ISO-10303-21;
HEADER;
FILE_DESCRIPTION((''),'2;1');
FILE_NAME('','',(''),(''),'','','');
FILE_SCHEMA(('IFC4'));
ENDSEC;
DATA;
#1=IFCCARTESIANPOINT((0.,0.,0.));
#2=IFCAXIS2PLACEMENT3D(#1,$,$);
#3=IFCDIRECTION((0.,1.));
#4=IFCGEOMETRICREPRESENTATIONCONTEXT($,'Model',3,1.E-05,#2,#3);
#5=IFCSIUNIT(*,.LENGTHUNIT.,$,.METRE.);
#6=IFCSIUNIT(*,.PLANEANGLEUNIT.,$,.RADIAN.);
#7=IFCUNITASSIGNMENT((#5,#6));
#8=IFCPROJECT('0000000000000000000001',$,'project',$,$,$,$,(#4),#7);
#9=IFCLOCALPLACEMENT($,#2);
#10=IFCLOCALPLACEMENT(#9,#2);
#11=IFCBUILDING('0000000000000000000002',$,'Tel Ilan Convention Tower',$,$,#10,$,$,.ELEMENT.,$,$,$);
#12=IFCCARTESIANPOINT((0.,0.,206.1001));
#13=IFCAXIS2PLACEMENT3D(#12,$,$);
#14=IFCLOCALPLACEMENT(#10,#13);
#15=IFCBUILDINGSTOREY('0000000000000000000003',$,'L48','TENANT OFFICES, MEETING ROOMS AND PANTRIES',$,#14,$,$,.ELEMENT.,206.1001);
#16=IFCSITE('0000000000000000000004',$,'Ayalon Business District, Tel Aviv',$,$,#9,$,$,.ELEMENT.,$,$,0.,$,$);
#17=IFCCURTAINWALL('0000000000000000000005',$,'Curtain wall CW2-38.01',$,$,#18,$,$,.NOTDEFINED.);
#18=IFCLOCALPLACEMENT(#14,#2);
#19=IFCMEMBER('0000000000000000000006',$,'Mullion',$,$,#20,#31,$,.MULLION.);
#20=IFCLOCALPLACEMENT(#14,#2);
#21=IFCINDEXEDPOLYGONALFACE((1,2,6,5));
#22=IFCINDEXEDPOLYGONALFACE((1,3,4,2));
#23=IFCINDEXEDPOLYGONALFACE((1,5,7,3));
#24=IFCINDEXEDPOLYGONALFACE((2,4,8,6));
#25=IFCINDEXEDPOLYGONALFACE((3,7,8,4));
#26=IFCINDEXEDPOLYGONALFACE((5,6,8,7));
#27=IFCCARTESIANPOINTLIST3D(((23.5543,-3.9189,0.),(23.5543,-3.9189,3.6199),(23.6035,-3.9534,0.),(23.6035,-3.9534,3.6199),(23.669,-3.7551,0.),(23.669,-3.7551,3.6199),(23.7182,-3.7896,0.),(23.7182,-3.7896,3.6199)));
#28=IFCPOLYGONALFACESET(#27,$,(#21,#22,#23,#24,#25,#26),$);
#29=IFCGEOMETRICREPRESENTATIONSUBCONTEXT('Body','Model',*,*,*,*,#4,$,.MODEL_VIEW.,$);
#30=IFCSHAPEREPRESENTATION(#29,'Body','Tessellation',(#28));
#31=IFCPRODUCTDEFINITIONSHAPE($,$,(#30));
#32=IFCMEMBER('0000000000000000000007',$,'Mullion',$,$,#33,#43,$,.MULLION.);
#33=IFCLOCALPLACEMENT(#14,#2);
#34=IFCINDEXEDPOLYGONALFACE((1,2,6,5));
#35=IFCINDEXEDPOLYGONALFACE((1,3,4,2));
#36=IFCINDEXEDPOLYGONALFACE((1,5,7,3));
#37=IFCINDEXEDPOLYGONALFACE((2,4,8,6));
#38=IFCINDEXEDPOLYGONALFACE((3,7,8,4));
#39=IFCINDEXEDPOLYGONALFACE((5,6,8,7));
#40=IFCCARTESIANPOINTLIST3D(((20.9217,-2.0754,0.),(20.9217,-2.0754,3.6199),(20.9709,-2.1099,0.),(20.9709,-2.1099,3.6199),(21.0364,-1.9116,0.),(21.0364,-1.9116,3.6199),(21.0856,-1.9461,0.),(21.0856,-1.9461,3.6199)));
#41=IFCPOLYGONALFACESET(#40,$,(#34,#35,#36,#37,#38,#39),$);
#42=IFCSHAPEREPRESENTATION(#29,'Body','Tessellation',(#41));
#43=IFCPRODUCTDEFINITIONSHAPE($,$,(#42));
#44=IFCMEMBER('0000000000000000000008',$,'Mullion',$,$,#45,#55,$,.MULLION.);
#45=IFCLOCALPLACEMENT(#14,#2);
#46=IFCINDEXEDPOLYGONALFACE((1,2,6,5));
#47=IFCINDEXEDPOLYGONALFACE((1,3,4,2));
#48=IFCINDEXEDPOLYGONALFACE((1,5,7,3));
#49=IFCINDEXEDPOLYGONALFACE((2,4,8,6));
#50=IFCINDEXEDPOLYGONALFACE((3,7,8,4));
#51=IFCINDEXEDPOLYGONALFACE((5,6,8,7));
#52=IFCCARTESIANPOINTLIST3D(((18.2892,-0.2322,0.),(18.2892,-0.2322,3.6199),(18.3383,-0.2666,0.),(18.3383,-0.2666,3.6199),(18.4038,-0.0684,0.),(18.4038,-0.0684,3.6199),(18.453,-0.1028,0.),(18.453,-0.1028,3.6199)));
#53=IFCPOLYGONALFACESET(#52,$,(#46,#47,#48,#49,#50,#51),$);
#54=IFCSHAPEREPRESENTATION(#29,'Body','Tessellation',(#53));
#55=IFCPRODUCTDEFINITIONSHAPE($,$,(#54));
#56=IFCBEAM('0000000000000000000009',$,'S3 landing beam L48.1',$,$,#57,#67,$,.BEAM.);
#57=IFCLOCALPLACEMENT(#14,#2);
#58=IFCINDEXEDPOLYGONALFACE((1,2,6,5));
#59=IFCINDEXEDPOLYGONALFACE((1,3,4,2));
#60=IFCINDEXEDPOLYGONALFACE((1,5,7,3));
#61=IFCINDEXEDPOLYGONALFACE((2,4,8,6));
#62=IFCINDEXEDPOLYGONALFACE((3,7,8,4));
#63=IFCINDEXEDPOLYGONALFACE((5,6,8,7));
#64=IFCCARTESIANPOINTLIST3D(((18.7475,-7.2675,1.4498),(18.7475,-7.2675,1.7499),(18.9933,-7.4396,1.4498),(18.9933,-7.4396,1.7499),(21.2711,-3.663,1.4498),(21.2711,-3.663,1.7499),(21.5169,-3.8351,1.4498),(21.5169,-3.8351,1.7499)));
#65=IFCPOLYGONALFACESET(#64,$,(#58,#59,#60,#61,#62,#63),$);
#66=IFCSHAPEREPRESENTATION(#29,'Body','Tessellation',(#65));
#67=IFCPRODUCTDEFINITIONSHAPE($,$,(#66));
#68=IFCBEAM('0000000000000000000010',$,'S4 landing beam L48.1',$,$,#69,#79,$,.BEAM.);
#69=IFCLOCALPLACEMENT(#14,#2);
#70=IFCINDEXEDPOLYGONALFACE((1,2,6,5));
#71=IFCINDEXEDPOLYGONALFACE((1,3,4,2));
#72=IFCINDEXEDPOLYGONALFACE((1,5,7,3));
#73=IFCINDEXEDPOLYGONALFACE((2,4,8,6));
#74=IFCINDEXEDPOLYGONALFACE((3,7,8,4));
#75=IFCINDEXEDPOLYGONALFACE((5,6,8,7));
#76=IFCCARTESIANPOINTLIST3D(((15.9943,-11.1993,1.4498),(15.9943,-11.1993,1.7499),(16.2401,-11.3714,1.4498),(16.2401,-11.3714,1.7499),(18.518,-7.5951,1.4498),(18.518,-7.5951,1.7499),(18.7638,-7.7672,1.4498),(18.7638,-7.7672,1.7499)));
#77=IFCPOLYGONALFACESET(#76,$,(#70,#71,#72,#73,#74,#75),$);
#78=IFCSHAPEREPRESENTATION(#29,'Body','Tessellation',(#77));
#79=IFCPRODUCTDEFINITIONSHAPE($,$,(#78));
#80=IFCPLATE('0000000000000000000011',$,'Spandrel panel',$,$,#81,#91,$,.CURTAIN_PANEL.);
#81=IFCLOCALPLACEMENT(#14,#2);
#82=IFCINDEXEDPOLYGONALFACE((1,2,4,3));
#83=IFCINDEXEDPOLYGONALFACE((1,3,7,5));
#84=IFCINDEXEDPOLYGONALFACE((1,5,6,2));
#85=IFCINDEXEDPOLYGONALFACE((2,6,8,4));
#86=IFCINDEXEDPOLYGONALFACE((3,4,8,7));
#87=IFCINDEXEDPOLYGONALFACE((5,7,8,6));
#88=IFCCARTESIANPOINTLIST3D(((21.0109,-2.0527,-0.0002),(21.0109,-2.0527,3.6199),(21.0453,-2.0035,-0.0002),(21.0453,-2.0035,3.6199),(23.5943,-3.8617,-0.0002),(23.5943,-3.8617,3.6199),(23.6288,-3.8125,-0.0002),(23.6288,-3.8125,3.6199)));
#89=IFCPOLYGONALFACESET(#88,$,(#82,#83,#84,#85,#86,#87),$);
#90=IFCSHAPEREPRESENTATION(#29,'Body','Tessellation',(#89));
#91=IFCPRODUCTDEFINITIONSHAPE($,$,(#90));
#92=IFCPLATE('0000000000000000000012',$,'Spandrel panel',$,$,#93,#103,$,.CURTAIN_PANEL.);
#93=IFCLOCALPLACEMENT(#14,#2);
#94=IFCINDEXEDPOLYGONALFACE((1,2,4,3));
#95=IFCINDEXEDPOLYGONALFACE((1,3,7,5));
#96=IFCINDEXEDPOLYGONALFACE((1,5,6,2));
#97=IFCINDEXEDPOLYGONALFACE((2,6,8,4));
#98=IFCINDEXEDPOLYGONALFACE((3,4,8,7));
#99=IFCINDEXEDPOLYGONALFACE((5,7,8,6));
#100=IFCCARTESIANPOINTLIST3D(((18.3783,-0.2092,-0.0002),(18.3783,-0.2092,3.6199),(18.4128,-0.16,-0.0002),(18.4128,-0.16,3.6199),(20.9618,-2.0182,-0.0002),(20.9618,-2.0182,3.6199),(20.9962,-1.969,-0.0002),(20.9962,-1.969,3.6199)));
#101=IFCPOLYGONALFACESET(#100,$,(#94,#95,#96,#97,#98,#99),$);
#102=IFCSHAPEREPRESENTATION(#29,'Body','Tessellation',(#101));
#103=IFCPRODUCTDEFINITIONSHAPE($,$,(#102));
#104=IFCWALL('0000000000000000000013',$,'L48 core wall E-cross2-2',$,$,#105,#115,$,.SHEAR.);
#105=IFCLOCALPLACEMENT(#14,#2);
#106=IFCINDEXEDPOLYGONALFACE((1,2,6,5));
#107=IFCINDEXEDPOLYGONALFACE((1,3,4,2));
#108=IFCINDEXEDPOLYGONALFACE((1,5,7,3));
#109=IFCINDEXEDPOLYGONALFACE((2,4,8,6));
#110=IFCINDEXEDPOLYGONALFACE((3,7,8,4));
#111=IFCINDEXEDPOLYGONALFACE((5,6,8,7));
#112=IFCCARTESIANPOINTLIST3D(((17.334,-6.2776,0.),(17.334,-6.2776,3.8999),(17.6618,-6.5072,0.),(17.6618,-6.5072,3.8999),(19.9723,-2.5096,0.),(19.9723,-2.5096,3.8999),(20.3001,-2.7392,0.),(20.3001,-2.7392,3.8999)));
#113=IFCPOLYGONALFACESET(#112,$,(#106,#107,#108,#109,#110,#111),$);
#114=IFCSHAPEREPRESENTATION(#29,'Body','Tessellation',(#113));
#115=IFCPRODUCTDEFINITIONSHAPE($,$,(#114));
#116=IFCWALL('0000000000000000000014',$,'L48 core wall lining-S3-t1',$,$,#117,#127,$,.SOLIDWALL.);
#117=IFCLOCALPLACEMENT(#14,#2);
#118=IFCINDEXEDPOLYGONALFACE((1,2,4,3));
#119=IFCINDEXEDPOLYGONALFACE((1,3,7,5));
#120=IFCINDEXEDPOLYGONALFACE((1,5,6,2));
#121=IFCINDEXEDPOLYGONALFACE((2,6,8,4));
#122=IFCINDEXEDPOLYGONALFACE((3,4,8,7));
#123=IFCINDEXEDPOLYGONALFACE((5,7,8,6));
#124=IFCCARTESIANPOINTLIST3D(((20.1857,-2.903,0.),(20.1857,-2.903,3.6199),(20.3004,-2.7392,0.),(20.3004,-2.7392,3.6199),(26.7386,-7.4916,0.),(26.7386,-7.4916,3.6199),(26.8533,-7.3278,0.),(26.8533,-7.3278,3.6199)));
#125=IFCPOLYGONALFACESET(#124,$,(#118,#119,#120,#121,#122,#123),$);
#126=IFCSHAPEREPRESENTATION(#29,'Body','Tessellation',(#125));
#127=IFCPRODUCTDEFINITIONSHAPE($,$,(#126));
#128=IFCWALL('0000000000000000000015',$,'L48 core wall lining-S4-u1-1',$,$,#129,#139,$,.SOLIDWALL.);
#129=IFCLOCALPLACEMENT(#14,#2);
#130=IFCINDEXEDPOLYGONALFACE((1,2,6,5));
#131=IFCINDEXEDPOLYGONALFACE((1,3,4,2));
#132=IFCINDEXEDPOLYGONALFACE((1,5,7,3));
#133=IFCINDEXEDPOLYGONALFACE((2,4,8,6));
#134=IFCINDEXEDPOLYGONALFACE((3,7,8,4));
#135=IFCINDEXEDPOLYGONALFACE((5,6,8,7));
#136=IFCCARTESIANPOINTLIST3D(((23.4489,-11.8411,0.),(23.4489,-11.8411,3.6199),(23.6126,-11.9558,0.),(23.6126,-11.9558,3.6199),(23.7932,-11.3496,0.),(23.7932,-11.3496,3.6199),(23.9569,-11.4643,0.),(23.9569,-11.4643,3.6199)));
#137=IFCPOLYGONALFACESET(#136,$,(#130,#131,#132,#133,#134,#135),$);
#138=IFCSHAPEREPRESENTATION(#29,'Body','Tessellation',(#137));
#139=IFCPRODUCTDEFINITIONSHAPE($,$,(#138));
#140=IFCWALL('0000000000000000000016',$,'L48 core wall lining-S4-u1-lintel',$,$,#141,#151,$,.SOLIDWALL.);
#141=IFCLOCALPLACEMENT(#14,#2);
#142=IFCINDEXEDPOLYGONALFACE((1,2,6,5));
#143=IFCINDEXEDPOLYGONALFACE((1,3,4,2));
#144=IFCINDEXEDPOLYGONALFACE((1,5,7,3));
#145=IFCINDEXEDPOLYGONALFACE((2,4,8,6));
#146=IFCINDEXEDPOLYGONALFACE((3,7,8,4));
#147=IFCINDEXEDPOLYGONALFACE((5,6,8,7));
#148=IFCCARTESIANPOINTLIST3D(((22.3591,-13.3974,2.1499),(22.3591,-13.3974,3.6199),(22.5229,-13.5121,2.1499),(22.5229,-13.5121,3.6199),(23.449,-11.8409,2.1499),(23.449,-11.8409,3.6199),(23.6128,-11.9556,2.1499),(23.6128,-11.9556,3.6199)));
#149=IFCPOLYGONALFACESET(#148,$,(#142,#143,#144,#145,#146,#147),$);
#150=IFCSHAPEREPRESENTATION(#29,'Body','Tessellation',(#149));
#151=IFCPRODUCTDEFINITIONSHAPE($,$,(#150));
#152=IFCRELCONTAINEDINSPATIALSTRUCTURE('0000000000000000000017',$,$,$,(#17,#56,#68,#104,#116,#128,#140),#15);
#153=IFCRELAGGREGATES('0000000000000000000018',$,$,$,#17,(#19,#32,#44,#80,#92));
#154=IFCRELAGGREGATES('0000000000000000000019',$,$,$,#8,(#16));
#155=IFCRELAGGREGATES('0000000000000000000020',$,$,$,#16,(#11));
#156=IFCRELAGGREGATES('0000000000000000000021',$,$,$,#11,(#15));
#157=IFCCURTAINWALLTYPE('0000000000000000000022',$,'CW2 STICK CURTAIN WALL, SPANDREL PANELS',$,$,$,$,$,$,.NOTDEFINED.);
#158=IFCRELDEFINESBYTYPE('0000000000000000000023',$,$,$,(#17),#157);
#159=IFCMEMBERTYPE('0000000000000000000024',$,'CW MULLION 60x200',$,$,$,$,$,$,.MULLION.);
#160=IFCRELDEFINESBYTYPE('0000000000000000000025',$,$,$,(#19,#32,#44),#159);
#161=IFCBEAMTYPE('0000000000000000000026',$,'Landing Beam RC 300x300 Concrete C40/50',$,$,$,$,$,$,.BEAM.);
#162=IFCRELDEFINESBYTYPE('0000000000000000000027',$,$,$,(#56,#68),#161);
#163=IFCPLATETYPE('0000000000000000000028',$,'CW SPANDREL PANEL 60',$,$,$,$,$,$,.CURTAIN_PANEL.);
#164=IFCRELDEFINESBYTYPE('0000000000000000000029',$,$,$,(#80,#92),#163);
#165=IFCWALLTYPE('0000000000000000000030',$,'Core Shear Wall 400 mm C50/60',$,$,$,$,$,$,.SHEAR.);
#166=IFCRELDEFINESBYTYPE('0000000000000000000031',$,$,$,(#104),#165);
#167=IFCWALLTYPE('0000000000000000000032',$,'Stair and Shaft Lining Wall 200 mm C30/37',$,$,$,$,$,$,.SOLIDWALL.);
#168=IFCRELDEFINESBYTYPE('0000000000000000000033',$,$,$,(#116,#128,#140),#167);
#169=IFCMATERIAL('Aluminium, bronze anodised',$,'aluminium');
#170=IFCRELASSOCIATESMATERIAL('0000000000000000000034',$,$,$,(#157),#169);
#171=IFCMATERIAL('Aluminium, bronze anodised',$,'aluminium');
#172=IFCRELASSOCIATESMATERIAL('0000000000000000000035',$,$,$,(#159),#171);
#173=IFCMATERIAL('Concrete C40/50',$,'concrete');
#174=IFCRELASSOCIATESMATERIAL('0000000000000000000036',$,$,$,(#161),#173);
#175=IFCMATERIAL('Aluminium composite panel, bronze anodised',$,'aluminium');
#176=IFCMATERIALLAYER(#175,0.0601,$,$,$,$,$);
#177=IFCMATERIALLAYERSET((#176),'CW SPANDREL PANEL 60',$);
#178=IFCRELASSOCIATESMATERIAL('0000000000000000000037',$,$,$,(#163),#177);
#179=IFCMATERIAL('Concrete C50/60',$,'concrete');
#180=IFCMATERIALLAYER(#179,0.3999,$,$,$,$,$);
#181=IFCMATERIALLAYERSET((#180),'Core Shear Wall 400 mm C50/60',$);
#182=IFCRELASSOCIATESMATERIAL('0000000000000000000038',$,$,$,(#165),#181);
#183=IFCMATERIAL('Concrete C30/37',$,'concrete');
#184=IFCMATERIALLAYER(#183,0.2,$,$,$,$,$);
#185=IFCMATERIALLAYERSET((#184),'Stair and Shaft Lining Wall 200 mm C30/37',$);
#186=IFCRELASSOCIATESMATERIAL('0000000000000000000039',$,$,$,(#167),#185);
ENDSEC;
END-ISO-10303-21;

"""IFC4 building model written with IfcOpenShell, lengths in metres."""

from ifc_helpers import new_model, si_unit, direction, frame, frame_2d, origin, origin_2d, place, context, subcontext, project, spatial, polyline, rectangle, outline, extrude, material, layer, layer_set, material_profile, profile_set, type_object, element, aggregate, save


model = new_model("IFC4")

# Units and contexts
model_context = context("Model", 3, precision=1e-05, world=origin(), true_north=direction((0.0, 1.0)))
body_context = subcontext(model_context, "Body", "Model", "MODEL_VIEW")
ifc_project = project(units=[si_unit("LENGTHUNIT", "METRE"), si_unit("PLANEANGLEUNIT", "RADIAN")], contexts=[model_context])

# Site, building, storey
site_placement = place(None, origin())
site = spatial("IfcSite", under=ifc_project, at=site_placement, Name="Ayalon Business District, Tel Aviv", CompositionType="ELEMENT", RefElevation=0.0)
building_placement = place(site_placement, origin())
building = spatial("IfcBuilding", under=site, at=building_placement, Name="Tel Ilan Convention Tower", CompositionType="ELEMENT")
storey_placement = place(building_placement, frame((0.0, 0.0, 206.1001)))
storey = spatial("IfcBuildingStorey", under=building, at=storey_placement, Name="L48", Description="TENANT OFFICES, MEETING ROOMS AND PANTRIES", CompositionType="ELEMENT", Elevation=206.1001)

# Curtain wall, members
ifc_material_1 = material(Name="Aluminium, bronze anodised", Category="aluminium")
curtain_wall_type = type_object("IfcCurtainWallType", Name="CW2 STICK CURTAIN WALL, SPANDREL PANELS", PredefinedType="NOTDEFINED", material=ifc_material_1)
curtain_wall_placement = place(storey_placement, origin())
curtain_wall = element("IfcCurtainWall", 1, at=curtain_wall_placement, inside=storey, type_object=curtain_wall_type, Name="Curtain wall CW2-38.01", PredefinedType="NOTDEFINED")
ifc_material_2 = material(Name="Aluminium, bronze anodised", Category="aluminium")
ifc_material_profile_1 = material_profile(ifc_material_2, rectangle(XDim=0.0601, YDim=0.2, at=origin_2d()), Name="CW MULLION 60x200")
ifc_profile_set_1 = profile_set([ifc_material_profile_1], Name="Aluminium, bronze anodised")
member_type = type_object("IfcMemberType", Name="CW MULLION 60x200", PredefinedType="MULLION", material=ifc_profile_set_1)
member_1_placement = place(storey_placement, frame((23.6362, -3.8542, 0.0), z_axis=(0.0, 0.0, 1.0), x_axis=(-0.819152, 0.573576, 0.0)))
member_1 = element("IfcMember", 2, at=member_1_placement, type_object=member_type, Name="Mullion", PredefinedType="MULLION", context=body_context, shape_type="SweptSolid", body=[
    extrude(rectangle(XDim=0.0601, YDim=0.2, at=origin_2d()), origin(), (0.0, 0.0, 1.0), 3.6199),
])
member_2_placement = place(storey_placement, frame((21.0037, -2.0107, 0.0), z_axis=(0.0, 0.0, 1.0), x_axis=(-0.819152, 0.573576, 0.0)))
member_2 = element("IfcMember", 3, at=member_2_placement, type_object=member_type, Name="Mullion", PredefinedType="MULLION", context=body_context, shape_type="SweptSolid", body=[
    extrude(rectangle(XDim=0.0601, YDim=0.2, at=origin_2d()), origin(), (0.0, 0.0, 1.0), 3.6199),
])
member_3_placement = place(storey_placement, frame((18.3711, -0.1675, 0.0), z_axis=(0.0, 0.0, 1.0), x_axis=(-0.819152, 0.573576, 0.0)))
member_3 = element("IfcMember", 4, at=member_3_placement, type_object=member_type, Name="Mullion", PredefinedType="MULLION", context=body_context, shape_type="SweptSolid", body=[
    extrude(rectangle(XDim=0.0601, YDim=0.2, at=origin_2d()), origin(), (0.0, 0.0, 1.0), 3.6199),
])

# Beams
ifc_material_3 = material(Name="Concrete C40/50", Category="concrete")
ifc_material_profile_2 = material_profile(ifc_material_3, rectangle(XDim=0.3, YDim=0.3, at=origin_2d()), Name="RC 300x300")
ifc_profile_set_2 = profile_set([ifc_material_profile_2], Name="Concrete C40/50")
beam_type = type_object("IfcBeamType", Name="Landing Beam RC 300x300 Concrete C40/50", PredefinedType="BEAM", material=ifc_profile_set_2)
beam_1_placement = place(storey_placement, frame((21.394, -3.749, 1.5999), z_axis=(-0.573544, -0.819175, 0.0), x_axis=(0.819175, -0.573544, 0.0)))
element("IfcBeam", 5, at=beam_1_placement, inside=storey, type_object=beam_type, Name="S3 landing beam L48.1", PredefinedType="BEAM", context=body_context, shape_type="SweptSolid", body=[
    extrude(rectangle(XDim=0.3, YDim=0.3, at=origin_2d()), origin(), (0.0, 0.0, 1.0), 4.4001),
])
beam_2_placement = place(storey_placement, frame((18.6409, -7.6812, 1.5999), z_axis=(-0.57357, -0.819156, 0.0), x_axis=(0.819156, -0.57357, 0.0)))
element("IfcBeam", 6, at=beam_2_placement, inside=storey, type_object=beam_type, Name="S4 landing beam L48.1", PredefinedType="BEAM", context=body_context, shape_type="SweptSolid", body=[
    extrude(rectangle(XDim=0.3, YDim=0.3, at=origin_2d()), origin(), (0.0, 0.0, 1.0), 4.3999),
])

# Plates
ifc_material_4 = material(Name="Aluminium composite panel, bronze anodised", Category="aluminium")
ifc_layer_1 = layer(ifc_material_4, 0.0601)
ifc_layer_set_1 = layer_set([ifc_layer_1], Name="CW SPANDREL PANEL 60")
plate_type = type_object("IfcPlateType", Name="CW SPANDREL PANEL 60", PredefinedType="CURTAIN_PANEL", material=ifc_layer_set_1)
plate_1_placement = place(storey_placement, frame((22.3198, -2.9326, -0.0002), z_axis=(0.0, 0.0, 1.0), x_axis=(-0.819152, 0.573576, 0.0)))
plate_1 = element("IfcPlate", 7, at=plate_1_placement, type_object=plate_type, Name="Spandrel panel", PredefinedType="CURTAIN_PANEL", context=body_context, shape_type="SweptSolid", body=[
    extrude(rectangle(XDim=3.1538, YDim=0.0601, at=origin_2d()), origin(), (0.0, 0.0, 1.0), 3.6201),
])
plate_2_placement = place(storey_placement, frame((19.6873, -1.0891, -0.0002), z_axis=(0.0, 0.0, 1.0), x_axis=(-0.819152, 0.573576, 0.0)))
plate_2 = element("IfcPlate", 8, at=plate_2_placement, type_object=plate_type, Name="Spandrel panel", PredefinedType="CURTAIN_PANEL", context=body_context, shape_type="SweptSolid", body=[
    extrude(rectangle(XDim=3.1538, YDim=0.0601, at=origin_2d()), origin(), (0.0, 0.0, 1.0), 3.6201),
])
aggregate(curtain_wall, [member_1, member_2, member_3, plate_1, plate_2])

# Walls
ifc_material_5 = material(Name="Concrete C50/60", Category="concrete")
ifc_layer_2 = layer(ifc_material_5, 0.3999)
ifc_layer_set_2 = layer_set([ifc_layer_2], Name="Core Shear Wall 400 mm C50/60")
wall_type_1 = type_object("IfcWallType", Name="Core Shear Wall 400 mm C50/60", PredefinedType="SHEAR", material=ifc_layer_set_2)
wall_1_placement = place(storey_placement, frame((17.4978, -6.3923, 0.0), z_axis=(0.0, 0.0, 1.0), x_axis=(0.573612, 0.819127, 0.0)))
element("IfcWall", 9, at=wall_1_placement, inside=storey, type_object=wall_type_1, Name="L48 core wall E-cross2-2", PredefinedType="SHEAR", context=body_context, shape_type="SweptSolid", body=[
    extrude(outline(polyline([(4.5999, -0.2), (4.5999, 0.2002), (0.0, 0.2), (0.0, -0.2002), (4.5999, -0.2)])), origin(), (0.0, 0.0, 1.0), 3.8999),
])
ifc_material_6 = material(Name="Concrete C30/37", Category="concrete")
ifc_layer_3 = layer(ifc_material_6, 0.2)
ifc_layer_set_3 = layer_set([ifc_layer_3], Name="Stair and Shaft Lining Wall 200 mm C30/37")
wall_type_2 = type_object("IfcWallType", Name="Stair and Shaft Lining Wall 200 mm C30/37", PredefinedType="SOLIDWALL", material=ifc_layer_set_3)
wall_2_placement = place(storey_placement, frame((20.2429, -2.821, 0.0), z_axis=(0.0, 0.0, 1.0), x_axis=(0.819142, -0.573591, 0.0)))
element("IfcWall", 10, at=wall_2_placement, inside=storey, type_object=wall_type_2, Name="L48 core wall lining-S3-t1", PredefinedType="SOLIDWALL", context=body_context, shape_type="SweptSolid", body=[
    extrude(rectangle(XDim=7.9998, YDim=0.2, at=frame_2d((4.0, 0.0))), origin(), (0.0, 0.0, 1.0), 3.6199),
])
wall_3_placement = place(storey_placement, frame((23.5308, -11.8984, 0.0), z_axis=(0.0, 0.0, 1.0), x_axis=(0.573708, 0.81906, 0.0)))
element("IfcWall", 11, at=wall_3_placement, inside=storey, type_object=wall_type_2, Name="L48 core wall lining-S4-u1-1", PredefinedType="SOLIDWALL", context=body_context, shape_type="SweptSolid", body=[
    extrude(rectangle(XDim=0.6001, YDim=0.2, at=frame_2d((0.3, 0.0))), origin(), (0.0, 0.0, 1.0), 3.6199),
])
wall_4_placement = place(storey_placement, frame((22.4409, -13.4548, 2.1499), z_axis=(0.0, 0.0, 1.0), x_axis=(0.573592, 0.819141, 0.0)))
element("IfcWall", 12, at=wall_4_placement, inside=storey, type_object=wall_type_2, Name="L48 core wall lining-S4-u1-lintel", PredefinedType="SOLIDWALL", context=body_context, shape_type="SweptSolid", body=[
    extrude(rectangle(XDim=1.9001, YDim=0.2, at=frame_2d((0.9502, 0.0))), origin(), (0.0, 0.0, 1.0), 1.47),
])

save(model, "model.ifc")
